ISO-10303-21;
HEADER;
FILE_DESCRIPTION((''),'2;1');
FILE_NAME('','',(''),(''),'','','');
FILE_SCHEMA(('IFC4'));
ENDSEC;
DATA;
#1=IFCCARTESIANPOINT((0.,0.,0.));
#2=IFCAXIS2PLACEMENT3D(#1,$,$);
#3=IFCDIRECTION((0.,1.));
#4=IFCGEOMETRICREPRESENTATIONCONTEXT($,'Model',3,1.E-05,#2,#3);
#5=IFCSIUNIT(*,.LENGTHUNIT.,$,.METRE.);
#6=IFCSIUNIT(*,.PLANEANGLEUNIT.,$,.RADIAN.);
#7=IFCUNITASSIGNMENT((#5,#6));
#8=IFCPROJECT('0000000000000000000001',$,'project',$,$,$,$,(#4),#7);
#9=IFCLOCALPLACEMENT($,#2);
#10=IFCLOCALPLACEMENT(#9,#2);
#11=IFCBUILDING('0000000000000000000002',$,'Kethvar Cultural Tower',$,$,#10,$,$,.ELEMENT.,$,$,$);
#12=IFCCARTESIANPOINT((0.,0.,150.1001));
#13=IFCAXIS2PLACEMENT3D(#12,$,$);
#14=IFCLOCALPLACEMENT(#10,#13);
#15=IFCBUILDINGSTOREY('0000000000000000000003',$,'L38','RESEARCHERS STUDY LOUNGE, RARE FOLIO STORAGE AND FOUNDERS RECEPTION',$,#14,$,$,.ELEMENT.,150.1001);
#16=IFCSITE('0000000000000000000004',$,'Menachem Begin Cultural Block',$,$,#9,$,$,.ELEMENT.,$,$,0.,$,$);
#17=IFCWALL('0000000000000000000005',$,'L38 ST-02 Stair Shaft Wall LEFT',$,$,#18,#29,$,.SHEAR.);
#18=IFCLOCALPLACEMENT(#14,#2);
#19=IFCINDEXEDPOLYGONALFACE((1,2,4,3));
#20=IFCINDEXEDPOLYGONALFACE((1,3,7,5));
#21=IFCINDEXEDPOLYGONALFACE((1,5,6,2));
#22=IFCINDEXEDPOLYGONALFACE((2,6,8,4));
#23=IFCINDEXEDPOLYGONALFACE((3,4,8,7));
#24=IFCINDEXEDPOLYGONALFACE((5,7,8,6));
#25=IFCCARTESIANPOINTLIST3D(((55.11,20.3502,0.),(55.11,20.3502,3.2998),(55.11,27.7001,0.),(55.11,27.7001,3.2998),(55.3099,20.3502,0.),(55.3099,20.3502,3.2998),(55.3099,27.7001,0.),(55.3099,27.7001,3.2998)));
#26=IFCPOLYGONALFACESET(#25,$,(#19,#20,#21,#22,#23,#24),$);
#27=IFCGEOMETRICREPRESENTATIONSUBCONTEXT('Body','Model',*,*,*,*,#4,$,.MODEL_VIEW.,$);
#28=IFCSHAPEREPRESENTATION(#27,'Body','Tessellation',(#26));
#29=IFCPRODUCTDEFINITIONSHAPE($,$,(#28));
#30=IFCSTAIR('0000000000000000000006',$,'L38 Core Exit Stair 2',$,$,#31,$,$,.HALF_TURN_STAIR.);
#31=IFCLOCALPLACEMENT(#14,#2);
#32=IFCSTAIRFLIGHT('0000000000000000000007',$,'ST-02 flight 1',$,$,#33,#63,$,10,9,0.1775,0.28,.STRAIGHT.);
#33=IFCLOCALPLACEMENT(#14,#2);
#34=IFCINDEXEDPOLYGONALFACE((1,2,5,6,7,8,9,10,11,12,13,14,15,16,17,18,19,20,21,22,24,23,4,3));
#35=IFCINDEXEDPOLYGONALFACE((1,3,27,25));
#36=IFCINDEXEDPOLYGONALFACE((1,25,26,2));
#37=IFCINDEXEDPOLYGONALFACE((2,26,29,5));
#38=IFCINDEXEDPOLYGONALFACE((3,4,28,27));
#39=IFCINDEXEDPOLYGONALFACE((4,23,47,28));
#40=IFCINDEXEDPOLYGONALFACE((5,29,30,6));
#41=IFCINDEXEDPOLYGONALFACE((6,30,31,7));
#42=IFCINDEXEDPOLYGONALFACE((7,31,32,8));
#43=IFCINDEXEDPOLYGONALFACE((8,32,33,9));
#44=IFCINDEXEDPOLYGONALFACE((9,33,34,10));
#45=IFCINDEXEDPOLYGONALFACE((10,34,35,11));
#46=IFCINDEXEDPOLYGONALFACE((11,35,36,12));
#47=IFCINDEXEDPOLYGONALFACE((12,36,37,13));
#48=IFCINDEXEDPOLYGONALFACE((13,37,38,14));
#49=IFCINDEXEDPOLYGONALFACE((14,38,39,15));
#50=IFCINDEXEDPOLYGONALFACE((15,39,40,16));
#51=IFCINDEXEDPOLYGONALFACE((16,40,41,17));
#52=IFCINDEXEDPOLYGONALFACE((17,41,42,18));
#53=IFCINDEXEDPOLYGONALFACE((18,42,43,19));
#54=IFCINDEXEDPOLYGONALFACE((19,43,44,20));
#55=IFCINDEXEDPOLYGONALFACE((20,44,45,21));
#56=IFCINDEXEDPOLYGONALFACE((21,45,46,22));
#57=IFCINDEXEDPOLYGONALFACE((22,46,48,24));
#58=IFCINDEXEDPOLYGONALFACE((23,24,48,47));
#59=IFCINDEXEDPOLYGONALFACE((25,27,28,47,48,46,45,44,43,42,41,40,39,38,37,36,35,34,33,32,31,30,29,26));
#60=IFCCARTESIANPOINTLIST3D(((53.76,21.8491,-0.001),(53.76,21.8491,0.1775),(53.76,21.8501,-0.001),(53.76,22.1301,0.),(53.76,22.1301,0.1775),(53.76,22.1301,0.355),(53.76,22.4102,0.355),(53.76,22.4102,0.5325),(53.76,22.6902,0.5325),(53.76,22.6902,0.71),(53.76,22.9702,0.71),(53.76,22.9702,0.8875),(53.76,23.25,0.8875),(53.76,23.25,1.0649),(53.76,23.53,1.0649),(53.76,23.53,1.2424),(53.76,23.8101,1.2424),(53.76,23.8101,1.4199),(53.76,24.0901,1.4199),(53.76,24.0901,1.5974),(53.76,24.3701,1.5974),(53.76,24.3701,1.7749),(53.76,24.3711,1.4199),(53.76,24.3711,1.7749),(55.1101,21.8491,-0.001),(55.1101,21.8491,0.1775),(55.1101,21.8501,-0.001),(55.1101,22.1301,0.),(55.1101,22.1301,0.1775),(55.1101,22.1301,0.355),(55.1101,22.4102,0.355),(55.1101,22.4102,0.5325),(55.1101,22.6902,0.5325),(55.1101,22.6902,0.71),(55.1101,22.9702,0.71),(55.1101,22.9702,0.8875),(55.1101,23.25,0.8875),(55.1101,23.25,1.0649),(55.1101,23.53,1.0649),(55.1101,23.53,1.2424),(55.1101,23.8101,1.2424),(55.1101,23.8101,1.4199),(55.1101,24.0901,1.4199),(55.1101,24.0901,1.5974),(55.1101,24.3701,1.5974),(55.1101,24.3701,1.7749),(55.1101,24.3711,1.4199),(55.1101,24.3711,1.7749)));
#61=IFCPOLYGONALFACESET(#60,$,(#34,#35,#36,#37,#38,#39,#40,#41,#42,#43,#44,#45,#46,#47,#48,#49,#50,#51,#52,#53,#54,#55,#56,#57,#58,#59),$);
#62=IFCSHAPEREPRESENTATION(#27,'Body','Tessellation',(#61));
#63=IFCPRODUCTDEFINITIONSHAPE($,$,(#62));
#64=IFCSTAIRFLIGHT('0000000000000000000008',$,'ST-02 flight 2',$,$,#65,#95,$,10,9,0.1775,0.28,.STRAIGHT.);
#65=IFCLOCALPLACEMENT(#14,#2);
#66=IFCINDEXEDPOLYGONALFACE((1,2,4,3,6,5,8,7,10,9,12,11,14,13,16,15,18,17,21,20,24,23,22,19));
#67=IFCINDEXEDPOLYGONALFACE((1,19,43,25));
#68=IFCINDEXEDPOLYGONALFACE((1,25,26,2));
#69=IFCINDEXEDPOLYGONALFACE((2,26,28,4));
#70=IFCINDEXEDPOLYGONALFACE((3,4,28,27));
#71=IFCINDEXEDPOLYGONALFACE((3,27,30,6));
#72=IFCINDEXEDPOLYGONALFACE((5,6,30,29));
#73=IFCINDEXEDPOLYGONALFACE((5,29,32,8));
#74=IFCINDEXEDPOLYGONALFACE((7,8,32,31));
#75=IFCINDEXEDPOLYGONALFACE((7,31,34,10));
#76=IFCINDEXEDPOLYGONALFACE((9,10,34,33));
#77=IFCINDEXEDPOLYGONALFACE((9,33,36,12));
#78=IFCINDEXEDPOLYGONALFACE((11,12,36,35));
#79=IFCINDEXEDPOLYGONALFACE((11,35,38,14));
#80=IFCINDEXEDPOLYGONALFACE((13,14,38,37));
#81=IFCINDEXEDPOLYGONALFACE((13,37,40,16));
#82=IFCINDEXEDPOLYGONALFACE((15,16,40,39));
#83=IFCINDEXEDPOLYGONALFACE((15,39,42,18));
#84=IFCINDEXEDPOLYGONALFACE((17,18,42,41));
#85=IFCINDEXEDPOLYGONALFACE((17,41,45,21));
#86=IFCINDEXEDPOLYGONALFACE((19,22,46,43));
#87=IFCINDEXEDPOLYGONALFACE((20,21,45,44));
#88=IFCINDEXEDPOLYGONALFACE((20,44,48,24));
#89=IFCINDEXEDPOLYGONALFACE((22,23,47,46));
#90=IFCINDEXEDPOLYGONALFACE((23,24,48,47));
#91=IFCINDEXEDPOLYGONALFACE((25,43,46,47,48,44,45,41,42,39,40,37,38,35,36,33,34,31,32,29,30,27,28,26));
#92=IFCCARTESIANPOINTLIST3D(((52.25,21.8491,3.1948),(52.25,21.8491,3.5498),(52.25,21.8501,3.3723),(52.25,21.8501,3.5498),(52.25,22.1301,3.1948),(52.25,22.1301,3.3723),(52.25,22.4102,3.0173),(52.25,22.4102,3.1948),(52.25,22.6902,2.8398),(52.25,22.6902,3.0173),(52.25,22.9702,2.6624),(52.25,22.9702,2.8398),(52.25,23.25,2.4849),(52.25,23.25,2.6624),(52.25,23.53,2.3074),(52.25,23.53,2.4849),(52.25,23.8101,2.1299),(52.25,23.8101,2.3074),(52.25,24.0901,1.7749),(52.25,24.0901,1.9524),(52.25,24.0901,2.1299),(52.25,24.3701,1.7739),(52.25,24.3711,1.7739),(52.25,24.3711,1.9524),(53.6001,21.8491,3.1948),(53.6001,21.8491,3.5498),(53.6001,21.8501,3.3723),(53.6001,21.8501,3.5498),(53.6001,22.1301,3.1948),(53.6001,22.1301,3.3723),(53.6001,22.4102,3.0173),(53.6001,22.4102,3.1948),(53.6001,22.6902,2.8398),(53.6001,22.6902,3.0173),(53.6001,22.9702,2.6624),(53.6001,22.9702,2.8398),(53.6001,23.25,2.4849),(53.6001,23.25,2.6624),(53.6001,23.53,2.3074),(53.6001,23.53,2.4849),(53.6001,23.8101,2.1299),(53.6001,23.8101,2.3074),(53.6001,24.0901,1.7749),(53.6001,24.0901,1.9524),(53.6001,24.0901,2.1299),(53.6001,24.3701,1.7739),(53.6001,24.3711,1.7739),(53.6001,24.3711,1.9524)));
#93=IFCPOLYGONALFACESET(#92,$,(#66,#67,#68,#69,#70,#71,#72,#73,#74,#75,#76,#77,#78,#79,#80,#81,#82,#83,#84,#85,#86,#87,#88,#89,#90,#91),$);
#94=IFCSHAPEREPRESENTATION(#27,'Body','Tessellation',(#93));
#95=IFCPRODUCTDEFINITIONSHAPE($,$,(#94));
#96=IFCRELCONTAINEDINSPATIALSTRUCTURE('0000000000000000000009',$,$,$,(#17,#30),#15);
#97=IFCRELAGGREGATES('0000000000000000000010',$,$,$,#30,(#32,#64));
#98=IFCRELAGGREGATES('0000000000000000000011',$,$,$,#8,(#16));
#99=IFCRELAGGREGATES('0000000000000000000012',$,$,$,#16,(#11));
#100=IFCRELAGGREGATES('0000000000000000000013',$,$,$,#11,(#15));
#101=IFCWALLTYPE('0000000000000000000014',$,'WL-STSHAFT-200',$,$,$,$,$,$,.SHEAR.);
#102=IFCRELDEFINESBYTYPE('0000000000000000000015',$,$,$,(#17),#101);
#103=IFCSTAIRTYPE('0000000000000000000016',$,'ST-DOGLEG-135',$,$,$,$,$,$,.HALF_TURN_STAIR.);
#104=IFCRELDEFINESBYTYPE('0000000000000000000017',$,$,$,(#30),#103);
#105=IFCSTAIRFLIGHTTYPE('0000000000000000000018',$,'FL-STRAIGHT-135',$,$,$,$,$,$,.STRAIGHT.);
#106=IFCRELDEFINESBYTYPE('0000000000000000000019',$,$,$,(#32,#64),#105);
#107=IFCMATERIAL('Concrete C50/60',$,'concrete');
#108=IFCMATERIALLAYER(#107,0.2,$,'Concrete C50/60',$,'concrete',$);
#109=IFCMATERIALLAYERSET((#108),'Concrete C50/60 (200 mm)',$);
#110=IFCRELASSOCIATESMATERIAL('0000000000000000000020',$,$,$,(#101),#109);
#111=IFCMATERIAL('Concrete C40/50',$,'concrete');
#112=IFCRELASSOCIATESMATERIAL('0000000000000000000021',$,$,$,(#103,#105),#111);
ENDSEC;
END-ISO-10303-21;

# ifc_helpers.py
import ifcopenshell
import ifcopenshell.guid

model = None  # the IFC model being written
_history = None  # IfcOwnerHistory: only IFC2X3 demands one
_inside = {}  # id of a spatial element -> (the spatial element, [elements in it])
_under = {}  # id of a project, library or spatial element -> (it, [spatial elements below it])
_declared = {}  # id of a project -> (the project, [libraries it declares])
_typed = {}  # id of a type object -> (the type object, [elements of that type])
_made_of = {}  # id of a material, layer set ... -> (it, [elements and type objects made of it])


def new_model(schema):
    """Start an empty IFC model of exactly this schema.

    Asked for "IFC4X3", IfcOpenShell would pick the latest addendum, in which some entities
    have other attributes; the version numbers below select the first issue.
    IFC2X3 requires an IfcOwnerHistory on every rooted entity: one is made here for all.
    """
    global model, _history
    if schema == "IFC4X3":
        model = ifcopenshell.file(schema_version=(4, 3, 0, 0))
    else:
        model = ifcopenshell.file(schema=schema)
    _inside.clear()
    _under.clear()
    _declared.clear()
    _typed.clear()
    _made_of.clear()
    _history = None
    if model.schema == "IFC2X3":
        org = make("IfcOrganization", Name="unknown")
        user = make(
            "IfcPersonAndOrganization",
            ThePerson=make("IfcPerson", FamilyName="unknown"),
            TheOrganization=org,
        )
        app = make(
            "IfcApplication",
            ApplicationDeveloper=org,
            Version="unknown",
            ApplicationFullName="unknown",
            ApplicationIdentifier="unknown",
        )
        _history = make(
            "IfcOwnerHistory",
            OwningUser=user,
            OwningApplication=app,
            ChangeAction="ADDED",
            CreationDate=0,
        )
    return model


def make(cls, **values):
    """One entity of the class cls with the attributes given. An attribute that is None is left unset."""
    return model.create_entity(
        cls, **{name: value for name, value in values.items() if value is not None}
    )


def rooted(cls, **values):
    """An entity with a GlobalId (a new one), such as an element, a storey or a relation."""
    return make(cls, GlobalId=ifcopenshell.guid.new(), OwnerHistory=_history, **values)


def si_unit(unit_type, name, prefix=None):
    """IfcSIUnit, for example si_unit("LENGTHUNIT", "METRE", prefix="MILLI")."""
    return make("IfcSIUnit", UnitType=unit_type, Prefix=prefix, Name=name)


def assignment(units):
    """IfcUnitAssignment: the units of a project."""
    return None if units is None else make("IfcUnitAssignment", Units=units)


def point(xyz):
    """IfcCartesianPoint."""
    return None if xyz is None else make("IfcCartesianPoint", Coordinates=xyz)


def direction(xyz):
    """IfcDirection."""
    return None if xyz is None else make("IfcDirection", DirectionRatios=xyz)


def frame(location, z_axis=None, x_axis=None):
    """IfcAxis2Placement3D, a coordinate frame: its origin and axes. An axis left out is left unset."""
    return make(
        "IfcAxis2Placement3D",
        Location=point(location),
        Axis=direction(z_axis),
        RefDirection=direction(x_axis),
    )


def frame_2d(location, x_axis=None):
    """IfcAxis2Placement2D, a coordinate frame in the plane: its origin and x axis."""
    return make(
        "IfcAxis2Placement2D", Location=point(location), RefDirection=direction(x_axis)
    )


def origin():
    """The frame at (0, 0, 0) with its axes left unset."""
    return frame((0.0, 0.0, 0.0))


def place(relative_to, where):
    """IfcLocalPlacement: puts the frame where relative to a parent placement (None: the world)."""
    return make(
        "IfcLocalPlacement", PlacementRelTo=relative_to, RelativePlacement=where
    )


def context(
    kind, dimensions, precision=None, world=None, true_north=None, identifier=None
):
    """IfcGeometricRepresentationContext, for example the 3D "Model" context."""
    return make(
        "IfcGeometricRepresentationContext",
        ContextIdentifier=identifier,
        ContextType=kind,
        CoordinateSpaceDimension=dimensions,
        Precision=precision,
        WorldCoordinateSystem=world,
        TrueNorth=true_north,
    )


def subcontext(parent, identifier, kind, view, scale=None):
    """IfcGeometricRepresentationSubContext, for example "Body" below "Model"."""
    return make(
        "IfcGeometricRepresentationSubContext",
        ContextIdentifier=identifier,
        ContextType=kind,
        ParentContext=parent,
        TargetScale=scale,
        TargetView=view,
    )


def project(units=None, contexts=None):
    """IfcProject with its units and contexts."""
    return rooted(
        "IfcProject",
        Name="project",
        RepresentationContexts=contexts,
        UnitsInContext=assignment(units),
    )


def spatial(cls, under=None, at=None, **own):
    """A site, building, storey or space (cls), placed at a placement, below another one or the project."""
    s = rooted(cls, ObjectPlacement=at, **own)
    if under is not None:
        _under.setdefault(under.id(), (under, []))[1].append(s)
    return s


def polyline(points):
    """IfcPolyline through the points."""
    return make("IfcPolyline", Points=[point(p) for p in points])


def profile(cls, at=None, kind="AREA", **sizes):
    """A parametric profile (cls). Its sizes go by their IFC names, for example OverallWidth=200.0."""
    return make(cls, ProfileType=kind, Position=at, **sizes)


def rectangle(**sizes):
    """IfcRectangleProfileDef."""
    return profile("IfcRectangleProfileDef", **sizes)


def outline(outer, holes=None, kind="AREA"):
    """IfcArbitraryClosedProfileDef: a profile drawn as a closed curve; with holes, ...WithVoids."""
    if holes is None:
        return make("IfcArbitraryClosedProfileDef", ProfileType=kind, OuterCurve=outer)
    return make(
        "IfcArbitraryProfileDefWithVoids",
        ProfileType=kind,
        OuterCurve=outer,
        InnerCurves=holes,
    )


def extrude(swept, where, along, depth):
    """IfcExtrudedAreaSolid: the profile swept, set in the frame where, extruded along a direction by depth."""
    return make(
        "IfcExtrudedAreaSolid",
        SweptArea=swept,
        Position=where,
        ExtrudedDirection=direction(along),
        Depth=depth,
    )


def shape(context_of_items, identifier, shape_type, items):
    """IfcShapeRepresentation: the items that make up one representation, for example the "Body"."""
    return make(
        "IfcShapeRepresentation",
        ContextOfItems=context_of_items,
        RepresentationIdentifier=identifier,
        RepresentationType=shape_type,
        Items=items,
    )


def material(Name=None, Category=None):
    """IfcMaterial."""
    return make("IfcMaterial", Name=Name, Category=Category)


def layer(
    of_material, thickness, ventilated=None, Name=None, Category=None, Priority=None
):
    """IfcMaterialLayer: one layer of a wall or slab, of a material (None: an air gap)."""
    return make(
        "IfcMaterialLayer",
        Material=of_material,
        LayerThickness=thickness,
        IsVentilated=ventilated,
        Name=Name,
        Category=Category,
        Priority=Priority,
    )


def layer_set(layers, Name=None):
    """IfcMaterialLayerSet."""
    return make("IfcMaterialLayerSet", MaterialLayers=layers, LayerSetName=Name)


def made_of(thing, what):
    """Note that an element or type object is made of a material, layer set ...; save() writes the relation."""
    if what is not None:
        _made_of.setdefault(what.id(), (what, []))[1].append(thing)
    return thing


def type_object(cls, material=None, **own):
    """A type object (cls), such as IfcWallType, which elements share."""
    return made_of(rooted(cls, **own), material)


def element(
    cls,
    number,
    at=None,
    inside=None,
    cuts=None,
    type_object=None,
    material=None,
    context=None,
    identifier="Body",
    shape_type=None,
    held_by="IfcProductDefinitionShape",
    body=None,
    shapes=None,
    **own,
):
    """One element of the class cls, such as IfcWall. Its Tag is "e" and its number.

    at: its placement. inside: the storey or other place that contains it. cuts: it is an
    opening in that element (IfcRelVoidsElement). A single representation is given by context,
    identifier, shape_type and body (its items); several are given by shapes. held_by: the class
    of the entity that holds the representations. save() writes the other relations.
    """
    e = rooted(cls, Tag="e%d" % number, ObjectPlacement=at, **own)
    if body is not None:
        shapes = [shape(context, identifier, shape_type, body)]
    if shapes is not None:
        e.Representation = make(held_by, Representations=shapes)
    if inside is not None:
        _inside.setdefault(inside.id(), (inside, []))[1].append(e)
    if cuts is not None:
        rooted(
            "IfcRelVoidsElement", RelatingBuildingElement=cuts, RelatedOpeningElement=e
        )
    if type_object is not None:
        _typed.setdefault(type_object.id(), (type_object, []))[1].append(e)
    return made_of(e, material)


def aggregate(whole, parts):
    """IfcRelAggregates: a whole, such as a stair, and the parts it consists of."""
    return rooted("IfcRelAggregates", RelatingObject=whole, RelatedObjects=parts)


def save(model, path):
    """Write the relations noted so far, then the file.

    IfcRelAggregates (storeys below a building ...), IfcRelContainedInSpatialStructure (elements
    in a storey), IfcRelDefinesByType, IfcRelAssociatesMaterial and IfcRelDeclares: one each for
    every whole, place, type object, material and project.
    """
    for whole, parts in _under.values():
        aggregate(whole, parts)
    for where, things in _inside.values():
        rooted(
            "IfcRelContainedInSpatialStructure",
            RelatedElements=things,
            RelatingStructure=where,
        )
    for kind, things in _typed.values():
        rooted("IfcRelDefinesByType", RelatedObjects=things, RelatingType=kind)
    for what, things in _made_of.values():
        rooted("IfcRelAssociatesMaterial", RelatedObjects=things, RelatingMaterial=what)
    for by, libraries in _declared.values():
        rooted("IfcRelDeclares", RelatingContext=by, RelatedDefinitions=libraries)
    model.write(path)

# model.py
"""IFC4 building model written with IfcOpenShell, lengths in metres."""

from ifc_helpers import new_model, si_unit, direction, frame, frame_2d, origin, place, context, subcontext, project, spatial, polyline, rectangle, outline, extrude, material, layer, layer_set, type_object, element, aggregate, save


model = new_model("IFC4")

# Units and contexts
model_context = context("Model", 3, precision=1e-05, world=origin(), true_north=direction((0.0, 1.0)))
body_context = subcontext(model_context, "Body", "Model", "MODEL_VIEW")
ifc_project = project(units=[si_unit("LENGTHUNIT", "METRE"), si_unit("PLANEANGLEUNIT", "RADIAN")], contexts=[model_context])

# Site, building, storey
site_placement = place(None, origin())
site = spatial("IfcSite", under=ifc_project, at=site_placement, Name="Menachem Begin Cultural Block", CompositionType="ELEMENT", RefElevation=0.0)
building_placement = place(site_placement, origin())
building = spatial("IfcBuilding", under=site, at=building_placement, Name="Kethvar Cultural Tower", CompositionType="ELEMENT")
storey_placement = place(building_placement, frame((0.0, 0.0, 150.1001)))
storey = spatial("IfcBuildingStorey", under=building, at=storey_placement, Name="L38", Description="RESEARCHERS STUDY LOUNGE, RARE FOLIO STORAGE AND FOUNDERS RECEPTION", CompositionType="ELEMENT", Elevation=150.1001)

# Shared definitions
ifc_material_1 = material(Name="Concrete C50/60", Category="concrete")

# Wall
ifc_layer_1 = layer(ifc_material_1, 0.2, Name="Concrete C50/60", Category="concrete")
ifc_layer_set_1 = layer_set([ifc_layer_1], Name="Concrete C50/60 (200 mm)")
wall_type_1 = type_object("IfcWallType", Name="WL-STSHAFT-200", PredefinedType="SHEAR", material=ifc_layer_set_1)
wall_1_placement = place(storey_placement, frame((55.21, 27.7, 0.0), z_axis=(0.0, 0.0, 1.0), x_axis=(0.0, -1.0, 0.0)))
element("IfcWall", 1, at=wall_1_placement, inside=storey, type_object=wall_type_1, Name="L38 ST-02 Stair Shaft Wall LEFT", PredefinedType="SHEAR", context=body_context, shape_type="SweptSolid", body=[
    extrude(rectangle(XDim=7.3499, YDim=0.2, at=frame_2d((3.6748, 0.0))), origin(), (0.0, 0.0, 1.0), 3.2998),
])

# Stair, stair flights
ifc_material_2 = material(Name="Concrete C40/50", Category="concrete")
stair_type = type_object("IfcStairType", Name="ST-DOGLEG-135", PredefinedType="HALF_TURN_STAIR", material=ifc_material_2)
stair_placement = place(storey_placement, origin())
stair = element("IfcStair", 2, at=stair_placement, inside=storey, type_object=stair_type, Name="L38 Core Exit Stair 2", PredefinedType="HALF_TURN_STAIR")
stair_flight_type = type_object("IfcStairFlightType", Name="FL-STRAIGHT-135", PredefinedType="STRAIGHT", material=ifc_material_2)
stair_flight_1_placement = place(storey_placement, frame((54.4351, 21.8501, 0.0), z_axis=(0.0, 0.0, 1.0), x_axis=(0.0, 1.0, 0.0)))
stair_flight_1 = element("IfcStairFlight", 3, at=stair_flight_1_placement, type_object=stair_flight_type, Name="ST-02 flight 1", NumberOfRisers=10, NumberOfTreads=9, PredefinedType="STRAIGHT", RiserHeight=0.1775, TreadLength=0.28, context=body_context, shape_type="SweptSolid", body=[
    extrude(outline(polyline([(-0.001, -0.001), (-0.001, 0.1775), (0.28, 0.1775), (0.28, 0.355), (0.5601, 0.355), (0.5601, 0.5325), (0.8401, 0.5325), (0.8401, 0.71), (1.1201, 0.71), (1.1201, 0.8875), (1.3999, 0.8875), (1.3999, 1.0649), (1.6799, 1.0649), (1.6799, 1.2424), (1.96, 1.2424), (1.96, 1.4199), (2.24, 1.4199), (2.24, 1.5974), (2.52, 1.5974), (2.52, 1.7749), (2.521, 1.7749), (2.521, 1.4199), (0.28, 0.0), (0.0, -0.001), (-0.001, -0.001)])), frame((0.0, 0.675, 0.0), z_axis=(0.0, -1.0, 0.0), x_axis=(1.0, 0.0, 0.0)), (0.0, 0.0, 1.0), 1.3501),
])
stair_flight_2_placement = place(storey_placement, frame((52.925, 24.3701, 1.7749), z_axis=(0.0, 0.0, 1.0), x_axis=(0.0, -1.0, 0.0)))
stair_flight_2 = element("IfcStairFlight", 4, at=stair_flight_2_placement, type_object=stair_flight_type, Name="ST-02 flight 2", NumberOfRisers=10, NumberOfTreads=9, PredefinedType="STRAIGHT", RiserHeight=0.1775, TreadLength=0.28, context=body_context, shape_type="SweptSolid", body=[
    extrude(outline(polyline([(-0.001, -0.001), (-0.001, 0.1775), (0.28, 0.1775), (0.28, 0.355), (0.5601, 0.355), (0.5601, 0.5325), (0.8401, 0.5325), (0.8401, 0.71), (1.1201, 0.71), (1.1201, 0.8875), (1.3999, 0.8875), (1.3999, 1.0649), (1.6799, 1.0649), (1.6799, 1.2424), (1.96, 1.2424), (1.96, 1.4199), (2.24, 1.4199), (2.24, 1.5974), (2.52, 1.5974), (2.52, 1.7749), (2.521, 1.7749), (2.521, 1.4199), (0.28, 0.0), (0.0, -0.001), (-0.001, -0.001)])), frame((0.0, 0.675, 0.0), z_axis=(0.0, -1.0, 0.0), x_axis=(1.0, 0.0, 0.0)), (0.0, 0.0, 1.0), 1.3501),
])
aggregate(stair, [stair_flight_1, stair_flight_2])

save(model, "model.ifc")
